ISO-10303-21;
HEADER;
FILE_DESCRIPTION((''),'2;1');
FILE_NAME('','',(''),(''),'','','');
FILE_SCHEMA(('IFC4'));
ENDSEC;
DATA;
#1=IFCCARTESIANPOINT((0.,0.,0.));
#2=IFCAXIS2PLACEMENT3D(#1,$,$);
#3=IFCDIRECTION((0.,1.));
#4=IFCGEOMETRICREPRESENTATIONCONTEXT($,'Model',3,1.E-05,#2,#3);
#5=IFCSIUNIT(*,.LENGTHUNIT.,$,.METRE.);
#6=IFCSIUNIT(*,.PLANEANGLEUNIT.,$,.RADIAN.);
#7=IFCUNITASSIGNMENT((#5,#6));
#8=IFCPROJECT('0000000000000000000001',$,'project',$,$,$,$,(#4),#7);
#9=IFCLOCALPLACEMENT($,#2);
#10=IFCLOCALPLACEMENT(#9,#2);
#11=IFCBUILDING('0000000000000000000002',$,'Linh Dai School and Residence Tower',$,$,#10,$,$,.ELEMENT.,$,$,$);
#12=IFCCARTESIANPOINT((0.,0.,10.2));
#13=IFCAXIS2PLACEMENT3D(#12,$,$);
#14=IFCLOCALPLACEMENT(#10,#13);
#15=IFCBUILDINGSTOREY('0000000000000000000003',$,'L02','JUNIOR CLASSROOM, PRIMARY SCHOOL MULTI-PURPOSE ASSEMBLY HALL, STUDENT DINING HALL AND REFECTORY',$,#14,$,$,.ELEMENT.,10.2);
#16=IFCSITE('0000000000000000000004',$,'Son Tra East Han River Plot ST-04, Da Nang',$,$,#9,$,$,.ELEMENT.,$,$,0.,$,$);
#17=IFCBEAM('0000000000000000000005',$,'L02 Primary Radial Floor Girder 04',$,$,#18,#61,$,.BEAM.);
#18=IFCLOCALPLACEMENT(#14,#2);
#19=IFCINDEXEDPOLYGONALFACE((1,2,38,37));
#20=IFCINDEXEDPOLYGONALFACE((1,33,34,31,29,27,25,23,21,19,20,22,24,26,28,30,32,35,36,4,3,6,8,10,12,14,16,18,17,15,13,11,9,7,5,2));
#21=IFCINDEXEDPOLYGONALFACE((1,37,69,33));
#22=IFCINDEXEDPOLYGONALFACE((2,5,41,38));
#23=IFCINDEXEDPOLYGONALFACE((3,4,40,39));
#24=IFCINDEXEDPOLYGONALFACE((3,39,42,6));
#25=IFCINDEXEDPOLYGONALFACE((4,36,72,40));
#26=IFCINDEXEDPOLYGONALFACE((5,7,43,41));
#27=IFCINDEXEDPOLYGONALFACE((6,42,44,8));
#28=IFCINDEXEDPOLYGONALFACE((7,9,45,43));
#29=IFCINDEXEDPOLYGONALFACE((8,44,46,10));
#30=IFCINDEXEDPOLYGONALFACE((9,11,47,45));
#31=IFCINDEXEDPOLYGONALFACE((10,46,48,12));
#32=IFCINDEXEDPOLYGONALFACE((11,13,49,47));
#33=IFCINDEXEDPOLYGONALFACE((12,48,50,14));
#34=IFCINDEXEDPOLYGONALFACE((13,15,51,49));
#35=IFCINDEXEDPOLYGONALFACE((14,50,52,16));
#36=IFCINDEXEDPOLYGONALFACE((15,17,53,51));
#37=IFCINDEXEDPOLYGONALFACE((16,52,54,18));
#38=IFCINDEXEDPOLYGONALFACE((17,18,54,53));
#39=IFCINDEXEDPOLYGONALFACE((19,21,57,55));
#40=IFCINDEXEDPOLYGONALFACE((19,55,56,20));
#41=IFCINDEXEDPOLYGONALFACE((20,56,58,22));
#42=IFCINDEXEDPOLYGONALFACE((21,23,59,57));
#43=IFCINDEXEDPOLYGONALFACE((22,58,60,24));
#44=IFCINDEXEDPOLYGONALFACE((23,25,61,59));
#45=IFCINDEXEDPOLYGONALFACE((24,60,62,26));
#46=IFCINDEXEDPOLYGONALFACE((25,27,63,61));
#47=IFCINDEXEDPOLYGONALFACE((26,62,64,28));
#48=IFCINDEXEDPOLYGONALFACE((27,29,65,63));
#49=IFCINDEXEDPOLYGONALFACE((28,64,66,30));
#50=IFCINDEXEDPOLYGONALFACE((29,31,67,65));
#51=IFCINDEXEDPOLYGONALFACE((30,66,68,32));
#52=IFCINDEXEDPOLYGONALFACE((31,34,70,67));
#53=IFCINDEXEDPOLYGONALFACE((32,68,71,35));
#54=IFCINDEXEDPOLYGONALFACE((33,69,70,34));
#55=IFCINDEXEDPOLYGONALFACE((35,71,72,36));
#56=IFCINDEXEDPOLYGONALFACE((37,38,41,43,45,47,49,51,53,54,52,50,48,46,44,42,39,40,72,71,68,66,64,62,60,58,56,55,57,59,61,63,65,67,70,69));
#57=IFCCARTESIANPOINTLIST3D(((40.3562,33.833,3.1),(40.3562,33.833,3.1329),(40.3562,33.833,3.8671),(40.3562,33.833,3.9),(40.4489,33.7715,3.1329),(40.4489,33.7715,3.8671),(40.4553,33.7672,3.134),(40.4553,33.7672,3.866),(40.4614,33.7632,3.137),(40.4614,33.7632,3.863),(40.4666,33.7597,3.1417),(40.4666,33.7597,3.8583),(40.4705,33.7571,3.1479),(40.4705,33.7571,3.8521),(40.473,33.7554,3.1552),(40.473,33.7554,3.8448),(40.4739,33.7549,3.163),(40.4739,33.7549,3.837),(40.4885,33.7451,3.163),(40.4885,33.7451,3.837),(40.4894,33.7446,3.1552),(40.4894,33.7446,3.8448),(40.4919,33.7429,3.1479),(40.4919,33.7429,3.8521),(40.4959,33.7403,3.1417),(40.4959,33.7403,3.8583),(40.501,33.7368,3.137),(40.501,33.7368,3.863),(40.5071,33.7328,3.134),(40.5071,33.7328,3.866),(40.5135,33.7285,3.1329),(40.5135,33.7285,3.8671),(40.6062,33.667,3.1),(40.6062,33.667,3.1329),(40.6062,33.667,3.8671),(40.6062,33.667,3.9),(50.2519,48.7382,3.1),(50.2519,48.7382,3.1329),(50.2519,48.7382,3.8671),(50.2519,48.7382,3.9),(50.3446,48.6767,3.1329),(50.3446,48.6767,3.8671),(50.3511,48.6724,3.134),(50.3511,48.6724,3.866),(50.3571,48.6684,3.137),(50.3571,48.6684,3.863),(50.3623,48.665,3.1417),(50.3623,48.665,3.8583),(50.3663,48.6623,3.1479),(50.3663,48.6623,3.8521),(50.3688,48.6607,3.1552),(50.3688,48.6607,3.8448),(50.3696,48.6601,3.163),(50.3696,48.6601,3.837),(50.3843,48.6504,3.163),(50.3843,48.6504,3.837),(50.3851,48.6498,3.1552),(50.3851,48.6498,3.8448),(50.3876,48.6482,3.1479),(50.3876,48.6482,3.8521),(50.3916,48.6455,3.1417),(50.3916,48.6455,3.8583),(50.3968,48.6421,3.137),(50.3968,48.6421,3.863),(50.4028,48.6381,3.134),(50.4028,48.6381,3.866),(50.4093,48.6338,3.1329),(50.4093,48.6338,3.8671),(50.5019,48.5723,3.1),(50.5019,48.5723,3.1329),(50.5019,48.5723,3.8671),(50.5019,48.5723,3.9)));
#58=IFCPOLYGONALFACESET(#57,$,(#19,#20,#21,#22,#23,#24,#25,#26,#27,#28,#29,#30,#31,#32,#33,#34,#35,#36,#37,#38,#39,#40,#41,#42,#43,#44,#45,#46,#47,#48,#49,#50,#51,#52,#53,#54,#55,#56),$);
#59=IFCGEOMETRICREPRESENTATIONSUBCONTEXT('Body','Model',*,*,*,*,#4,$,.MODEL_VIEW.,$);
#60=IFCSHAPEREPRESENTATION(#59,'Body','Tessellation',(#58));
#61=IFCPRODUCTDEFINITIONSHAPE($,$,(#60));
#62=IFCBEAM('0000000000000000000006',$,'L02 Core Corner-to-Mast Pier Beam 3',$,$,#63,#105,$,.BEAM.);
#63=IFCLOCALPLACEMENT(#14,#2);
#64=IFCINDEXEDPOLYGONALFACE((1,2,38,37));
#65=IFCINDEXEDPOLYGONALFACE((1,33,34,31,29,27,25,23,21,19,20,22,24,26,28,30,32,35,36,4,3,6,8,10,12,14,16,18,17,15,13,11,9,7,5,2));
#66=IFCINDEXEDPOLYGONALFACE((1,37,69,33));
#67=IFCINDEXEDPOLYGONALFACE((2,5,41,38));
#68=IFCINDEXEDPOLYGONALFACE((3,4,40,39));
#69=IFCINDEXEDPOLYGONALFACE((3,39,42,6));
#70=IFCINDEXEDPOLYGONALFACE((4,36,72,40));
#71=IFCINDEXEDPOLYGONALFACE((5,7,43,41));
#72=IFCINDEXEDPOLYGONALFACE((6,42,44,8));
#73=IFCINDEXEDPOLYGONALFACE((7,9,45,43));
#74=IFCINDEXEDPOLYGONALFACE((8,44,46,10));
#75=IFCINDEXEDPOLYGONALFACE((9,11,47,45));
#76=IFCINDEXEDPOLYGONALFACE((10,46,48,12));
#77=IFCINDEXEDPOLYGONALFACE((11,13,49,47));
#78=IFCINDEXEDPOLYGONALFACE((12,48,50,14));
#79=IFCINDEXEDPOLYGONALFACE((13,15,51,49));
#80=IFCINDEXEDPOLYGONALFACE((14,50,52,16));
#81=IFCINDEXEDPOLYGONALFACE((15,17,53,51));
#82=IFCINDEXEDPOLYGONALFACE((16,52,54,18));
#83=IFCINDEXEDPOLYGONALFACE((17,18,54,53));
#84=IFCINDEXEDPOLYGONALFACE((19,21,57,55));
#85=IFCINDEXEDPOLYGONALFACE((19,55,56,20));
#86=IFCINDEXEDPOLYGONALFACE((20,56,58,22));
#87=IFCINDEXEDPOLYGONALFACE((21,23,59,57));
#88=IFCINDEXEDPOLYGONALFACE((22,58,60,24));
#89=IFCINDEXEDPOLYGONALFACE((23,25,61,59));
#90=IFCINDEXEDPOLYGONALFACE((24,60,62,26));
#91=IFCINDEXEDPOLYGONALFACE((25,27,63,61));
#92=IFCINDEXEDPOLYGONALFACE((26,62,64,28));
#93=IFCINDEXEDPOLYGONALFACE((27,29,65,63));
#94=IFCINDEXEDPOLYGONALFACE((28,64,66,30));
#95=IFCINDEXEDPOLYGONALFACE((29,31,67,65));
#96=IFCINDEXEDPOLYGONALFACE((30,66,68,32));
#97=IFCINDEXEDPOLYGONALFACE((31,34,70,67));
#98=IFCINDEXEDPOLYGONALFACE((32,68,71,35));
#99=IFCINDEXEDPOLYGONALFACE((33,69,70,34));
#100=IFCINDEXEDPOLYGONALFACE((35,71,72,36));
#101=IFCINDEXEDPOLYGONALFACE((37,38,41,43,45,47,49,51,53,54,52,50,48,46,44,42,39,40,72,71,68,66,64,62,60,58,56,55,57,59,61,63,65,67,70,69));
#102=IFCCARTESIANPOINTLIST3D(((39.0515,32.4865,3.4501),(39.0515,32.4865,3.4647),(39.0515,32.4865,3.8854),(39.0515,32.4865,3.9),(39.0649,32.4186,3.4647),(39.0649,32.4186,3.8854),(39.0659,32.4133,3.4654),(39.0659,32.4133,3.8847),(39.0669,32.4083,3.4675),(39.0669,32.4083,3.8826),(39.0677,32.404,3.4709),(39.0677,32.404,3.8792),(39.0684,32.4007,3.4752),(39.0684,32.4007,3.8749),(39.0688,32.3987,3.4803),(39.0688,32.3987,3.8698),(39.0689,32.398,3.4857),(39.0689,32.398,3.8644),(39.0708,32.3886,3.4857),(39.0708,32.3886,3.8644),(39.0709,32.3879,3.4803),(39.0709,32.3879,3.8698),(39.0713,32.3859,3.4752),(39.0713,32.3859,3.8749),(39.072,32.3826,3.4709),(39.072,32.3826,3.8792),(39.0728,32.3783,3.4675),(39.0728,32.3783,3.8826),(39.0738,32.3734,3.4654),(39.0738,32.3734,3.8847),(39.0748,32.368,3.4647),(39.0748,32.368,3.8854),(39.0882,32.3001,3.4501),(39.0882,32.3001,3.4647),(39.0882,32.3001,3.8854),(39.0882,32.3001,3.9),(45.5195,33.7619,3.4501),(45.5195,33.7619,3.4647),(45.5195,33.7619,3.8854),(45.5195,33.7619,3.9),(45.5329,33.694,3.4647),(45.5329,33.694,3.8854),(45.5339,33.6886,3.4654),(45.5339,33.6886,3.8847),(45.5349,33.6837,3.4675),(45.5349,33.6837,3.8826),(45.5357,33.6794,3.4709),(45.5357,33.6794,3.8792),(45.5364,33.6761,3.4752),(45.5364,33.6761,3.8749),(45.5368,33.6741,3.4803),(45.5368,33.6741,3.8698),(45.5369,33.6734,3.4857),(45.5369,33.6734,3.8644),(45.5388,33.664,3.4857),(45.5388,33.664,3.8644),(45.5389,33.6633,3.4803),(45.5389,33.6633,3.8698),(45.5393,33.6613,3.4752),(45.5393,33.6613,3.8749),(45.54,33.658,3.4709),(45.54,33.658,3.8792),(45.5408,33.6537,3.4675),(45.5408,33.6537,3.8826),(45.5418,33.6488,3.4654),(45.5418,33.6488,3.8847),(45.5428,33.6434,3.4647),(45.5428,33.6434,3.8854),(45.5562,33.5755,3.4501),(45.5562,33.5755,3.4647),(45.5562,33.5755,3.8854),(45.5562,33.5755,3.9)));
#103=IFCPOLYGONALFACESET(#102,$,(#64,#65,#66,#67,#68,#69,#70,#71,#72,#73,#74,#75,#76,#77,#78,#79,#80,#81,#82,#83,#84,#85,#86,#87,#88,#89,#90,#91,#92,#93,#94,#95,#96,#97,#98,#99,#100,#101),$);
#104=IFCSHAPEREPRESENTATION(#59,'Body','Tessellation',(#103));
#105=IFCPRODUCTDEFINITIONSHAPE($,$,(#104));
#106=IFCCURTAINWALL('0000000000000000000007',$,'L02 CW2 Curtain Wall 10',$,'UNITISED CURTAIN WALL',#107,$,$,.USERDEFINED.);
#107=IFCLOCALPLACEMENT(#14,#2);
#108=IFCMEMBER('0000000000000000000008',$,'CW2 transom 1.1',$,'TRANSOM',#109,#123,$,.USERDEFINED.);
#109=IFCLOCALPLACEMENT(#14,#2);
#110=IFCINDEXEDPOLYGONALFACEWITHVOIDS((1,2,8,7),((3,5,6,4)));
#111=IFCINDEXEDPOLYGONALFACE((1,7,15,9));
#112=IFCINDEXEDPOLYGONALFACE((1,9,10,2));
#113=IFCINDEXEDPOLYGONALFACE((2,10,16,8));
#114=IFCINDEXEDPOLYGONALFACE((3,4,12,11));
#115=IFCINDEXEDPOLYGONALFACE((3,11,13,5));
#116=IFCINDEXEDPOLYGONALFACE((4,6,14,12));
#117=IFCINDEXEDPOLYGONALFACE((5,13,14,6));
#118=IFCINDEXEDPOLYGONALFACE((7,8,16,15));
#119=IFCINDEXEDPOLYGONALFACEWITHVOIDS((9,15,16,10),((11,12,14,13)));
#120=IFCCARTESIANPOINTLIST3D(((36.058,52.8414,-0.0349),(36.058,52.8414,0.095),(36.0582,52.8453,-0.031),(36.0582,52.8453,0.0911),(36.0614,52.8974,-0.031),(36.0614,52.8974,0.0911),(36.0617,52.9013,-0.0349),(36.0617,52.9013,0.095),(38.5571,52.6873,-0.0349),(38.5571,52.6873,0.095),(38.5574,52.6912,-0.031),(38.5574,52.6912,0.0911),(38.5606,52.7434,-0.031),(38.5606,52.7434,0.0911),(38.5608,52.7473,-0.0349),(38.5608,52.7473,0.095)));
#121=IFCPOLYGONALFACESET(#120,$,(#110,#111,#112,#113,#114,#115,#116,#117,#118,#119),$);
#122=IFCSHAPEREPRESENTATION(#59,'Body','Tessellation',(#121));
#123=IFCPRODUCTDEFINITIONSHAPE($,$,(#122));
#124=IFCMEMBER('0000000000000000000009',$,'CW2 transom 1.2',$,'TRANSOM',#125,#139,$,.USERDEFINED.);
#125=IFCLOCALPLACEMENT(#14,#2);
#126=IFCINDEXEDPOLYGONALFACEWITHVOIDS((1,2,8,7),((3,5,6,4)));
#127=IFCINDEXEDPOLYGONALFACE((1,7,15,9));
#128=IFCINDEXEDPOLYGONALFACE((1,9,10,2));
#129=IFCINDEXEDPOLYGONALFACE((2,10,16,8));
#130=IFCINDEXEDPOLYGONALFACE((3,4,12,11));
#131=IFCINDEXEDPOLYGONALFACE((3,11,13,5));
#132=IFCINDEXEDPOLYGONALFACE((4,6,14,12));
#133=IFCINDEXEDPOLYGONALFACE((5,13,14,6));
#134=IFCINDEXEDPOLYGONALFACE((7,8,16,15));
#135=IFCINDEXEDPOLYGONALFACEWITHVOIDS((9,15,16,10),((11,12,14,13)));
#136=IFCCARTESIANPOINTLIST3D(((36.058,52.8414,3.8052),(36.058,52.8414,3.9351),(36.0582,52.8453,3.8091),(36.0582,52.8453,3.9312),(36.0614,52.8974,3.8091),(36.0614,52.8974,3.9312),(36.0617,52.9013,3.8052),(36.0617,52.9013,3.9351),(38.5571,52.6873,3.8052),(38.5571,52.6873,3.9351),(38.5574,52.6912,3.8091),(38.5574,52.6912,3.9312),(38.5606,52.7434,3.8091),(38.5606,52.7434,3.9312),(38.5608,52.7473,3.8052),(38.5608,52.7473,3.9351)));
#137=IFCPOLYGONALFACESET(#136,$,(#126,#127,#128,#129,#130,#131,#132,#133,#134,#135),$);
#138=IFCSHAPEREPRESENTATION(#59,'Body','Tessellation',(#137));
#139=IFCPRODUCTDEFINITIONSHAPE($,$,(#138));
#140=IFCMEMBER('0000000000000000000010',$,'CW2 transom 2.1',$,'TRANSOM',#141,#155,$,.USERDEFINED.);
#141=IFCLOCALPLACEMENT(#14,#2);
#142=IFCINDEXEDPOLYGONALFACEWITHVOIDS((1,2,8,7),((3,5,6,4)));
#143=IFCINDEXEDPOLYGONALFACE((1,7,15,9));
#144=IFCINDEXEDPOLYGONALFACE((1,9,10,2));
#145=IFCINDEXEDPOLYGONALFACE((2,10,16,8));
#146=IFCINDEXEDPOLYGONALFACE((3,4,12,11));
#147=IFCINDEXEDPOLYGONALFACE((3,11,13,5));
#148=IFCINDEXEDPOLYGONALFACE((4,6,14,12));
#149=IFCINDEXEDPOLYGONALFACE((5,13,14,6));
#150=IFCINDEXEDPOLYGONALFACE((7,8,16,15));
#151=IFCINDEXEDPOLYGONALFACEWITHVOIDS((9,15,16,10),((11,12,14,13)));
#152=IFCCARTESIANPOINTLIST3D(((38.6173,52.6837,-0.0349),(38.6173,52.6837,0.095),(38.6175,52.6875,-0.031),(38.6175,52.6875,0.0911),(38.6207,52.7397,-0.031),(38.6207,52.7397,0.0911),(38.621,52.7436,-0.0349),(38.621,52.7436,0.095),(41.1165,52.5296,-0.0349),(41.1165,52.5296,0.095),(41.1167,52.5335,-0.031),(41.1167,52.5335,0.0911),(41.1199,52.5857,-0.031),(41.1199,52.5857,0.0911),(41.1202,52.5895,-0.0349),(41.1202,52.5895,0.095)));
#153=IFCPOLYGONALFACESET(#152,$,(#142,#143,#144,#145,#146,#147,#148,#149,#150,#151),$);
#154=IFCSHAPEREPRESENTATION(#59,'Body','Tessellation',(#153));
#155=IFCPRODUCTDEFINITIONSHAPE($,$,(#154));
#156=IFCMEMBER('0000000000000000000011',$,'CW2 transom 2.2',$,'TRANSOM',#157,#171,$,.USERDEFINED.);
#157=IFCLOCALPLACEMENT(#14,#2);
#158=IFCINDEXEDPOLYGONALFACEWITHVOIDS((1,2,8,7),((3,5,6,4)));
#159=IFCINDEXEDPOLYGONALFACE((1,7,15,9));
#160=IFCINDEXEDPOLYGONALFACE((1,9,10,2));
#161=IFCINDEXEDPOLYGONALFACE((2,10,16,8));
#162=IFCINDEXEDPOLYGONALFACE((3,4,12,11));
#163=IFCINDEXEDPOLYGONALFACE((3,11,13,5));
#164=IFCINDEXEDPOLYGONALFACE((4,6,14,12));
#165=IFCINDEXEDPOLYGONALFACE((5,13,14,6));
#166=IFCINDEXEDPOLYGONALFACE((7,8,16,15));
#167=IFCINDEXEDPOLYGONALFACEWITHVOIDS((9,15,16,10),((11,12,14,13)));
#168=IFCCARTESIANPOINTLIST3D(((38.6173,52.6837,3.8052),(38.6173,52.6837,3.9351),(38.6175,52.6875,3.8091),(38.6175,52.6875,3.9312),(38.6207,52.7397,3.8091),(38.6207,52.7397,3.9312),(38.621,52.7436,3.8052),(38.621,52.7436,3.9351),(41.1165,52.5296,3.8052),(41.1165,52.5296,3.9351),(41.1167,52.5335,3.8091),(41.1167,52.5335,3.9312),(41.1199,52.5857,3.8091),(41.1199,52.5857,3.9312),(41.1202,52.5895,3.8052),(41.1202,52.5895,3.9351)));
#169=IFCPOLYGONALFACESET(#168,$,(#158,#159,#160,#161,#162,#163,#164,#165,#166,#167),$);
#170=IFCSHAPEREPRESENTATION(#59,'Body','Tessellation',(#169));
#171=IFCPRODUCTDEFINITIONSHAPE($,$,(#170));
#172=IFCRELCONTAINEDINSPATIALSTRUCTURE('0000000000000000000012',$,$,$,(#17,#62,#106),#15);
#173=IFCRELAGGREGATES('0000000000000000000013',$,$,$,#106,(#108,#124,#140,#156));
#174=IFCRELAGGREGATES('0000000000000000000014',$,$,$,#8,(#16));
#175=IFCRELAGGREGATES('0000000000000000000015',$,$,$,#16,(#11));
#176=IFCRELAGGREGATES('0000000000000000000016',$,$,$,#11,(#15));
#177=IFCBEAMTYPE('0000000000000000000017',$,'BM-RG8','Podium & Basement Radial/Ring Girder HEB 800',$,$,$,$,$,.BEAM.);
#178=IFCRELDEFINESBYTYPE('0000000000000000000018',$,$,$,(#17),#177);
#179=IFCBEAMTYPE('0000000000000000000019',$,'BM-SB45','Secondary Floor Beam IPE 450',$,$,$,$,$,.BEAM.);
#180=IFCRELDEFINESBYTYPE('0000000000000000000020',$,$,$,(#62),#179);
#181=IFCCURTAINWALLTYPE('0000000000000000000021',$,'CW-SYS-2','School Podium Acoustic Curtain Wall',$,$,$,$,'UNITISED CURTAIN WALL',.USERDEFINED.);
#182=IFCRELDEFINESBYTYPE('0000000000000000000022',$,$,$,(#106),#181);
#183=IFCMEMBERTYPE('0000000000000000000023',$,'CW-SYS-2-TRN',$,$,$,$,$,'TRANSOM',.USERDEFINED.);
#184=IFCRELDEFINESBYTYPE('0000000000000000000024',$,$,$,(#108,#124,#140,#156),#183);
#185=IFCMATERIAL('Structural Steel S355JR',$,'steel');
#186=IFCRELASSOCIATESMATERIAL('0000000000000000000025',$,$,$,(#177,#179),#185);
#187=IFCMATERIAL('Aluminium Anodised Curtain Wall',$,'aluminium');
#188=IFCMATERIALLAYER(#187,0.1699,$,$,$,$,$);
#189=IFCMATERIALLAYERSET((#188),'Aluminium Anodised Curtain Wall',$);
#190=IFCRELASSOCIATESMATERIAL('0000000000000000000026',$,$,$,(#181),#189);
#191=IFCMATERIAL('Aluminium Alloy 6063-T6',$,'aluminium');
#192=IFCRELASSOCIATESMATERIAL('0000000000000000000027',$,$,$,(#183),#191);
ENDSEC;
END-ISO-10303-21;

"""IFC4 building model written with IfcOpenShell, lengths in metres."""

from ifc_helpers import new_model, si_unit, direction, frame, origin, origin_2d, place, context, subcontext, project, spatial, hollow_rectangle, i_section, extrude, source, transform, mapped, material, layer, layer_set, material_profile, profile_set, type_object, element, aggregate, save


model = new_model("IFC4")

# Units and contexts
model_context = context("Model", 3, precision=1e-05, world=origin(), true_north=direction((0.0, 1.0)))
body_context = subcontext(model_context, "Body", "Model", "MODEL_VIEW")
ifc_project = project(units=[si_unit("LENGTHUNIT", "METRE"), si_unit("PLANEANGLEUNIT", "RADIAN")], contexts=[model_context])

# Site, building, storey
site_placement = place(None, origin())
site = spatial("IfcSite", under=ifc_project, at=site_placement, Name="Son Tra East Han River Plot ST-04, Da Nang", CompositionType="ELEMENT", RefElevation=0.0)
building_placement = place(site_placement, origin())
building = spatial("IfcBuilding", under=site, at=building_placement, Name="Linh Dai School and Residence Tower", CompositionType="ELEMENT")
storey_placement = place(building_placement, frame((0.0, 0.0, 10.2)))
storey = spatial("IfcBuildingStorey", under=building, at=storey_placement, Name="L02", Description="JUNIOR CLASSROOM, PRIMARY SCHOOL MULTI-PURPOSE ASSEMBLY HALL, STUDENT DINING HALL AND REFECTORY", CompositionType="ELEMENT", Elevation=10.2)

# Shared definitions
ifc_material_1 = material(Name="Structural Steel S355JR", Category="steel")

# Beams
ifc_material_profile_1 = material_profile(ifc_material_1, i_section(OverallWidth=0.3, OverallDepth=0.8, WebThickness=0.0176, FlangeThickness=0.033, FilletRadius=0.03, at=origin_2d()), Name="HEB 800")
ifc_profile_set_1 = profile_set([ifc_material_profile_1], Name="Structural Steel S355JR")
beam_type_1 = type_object("IfcBeamType", Name="BM-RG8", Description="Podium & Basement Radial/Ring Girder HEB 800", PredefinedType="BEAM", material=ifc_profile_set_1)
beam_1_placement = place(storey_placement, frame((40.4812, 33.75, 3.5), z_axis=(0.553109, 0.833109, 0.0), x_axis=(-0.833109, 0.553109, 0.0)))
element("IfcBeam", 1, at=beam_1_placement, inside=storey, type_object=beam_type_1, Name="L02 Primary Radial Floor Girder 04", PredefinedType="BEAM", context=body_context, shape_type="SweptSolid", body=[
    extrude(i_section(OverallWidth=0.3, OverallDepth=0.8, WebThickness=0.0176, FlangeThickness=0.033, FilletRadius=0.03, at=origin_2d()), origin(), (0.0, 0.0, 1.0), 17.8911),
])
ifc_material_profile_2 = material_profile(ifc_material_1, i_section(OverallWidth=0.1899, OverallDepth=0.45, WebThickness=0.0095, FlangeThickness=0.0146, FilletRadius=0.021, at=origin_2d()), Name="IPE 450")
ifc_profile_set_2 = profile_set([ifc_material_profile_2], Name="Structural Steel S355JR")
beam_type_2 = type_object("IfcBeamType", Name="BM-SB45", Description="Secondary Floor Beam IPE 450", PredefinedType="BEAM", material=ifc_profile_set_2)
beam_2_placement = place(storey_placement, frame((45.5378, 33.6687, 3.675), z_axis=(-0.981108, -0.193459, 0.0), x_axis=(0.193459, -0.981108, 0.0)))
element("IfcBeam", 2, at=beam_2_placement, inside=storey, type_object=beam_type_2, Name="L02 Core Corner-to-Mast Pier Beam 3", PredefinedType="BEAM", context=body_context, shape_type="SweptSolid", body=[
    extrude(i_section(OverallWidth=0.1899, OverallDepth=0.45, WebThickness=0.0095, FlangeThickness=0.0146, FilletRadius=0.021, at=origin_2d()), origin(), (0.0, 0.0, 1.0), 6.5925),
])

# Curtain wall, members
ifc_material_2 = material(Name="Aluminium Anodised Curtain Wall", Category="aluminium")
ifc_layer_1 = layer(ifc_material_2, 0.1699)
ifc_layer_set_1 = layer_set([ifc_layer_1], Name="Aluminium Anodised Curtain Wall")
curtain_wall_type = type_object("IfcCurtainWallType", Name="CW-SYS-2", Description="School Podium Acoustic Curtain Wall", ElementType="UNITISED CURTAIN WALL", PredefinedType="USERDEFINED", material=ifc_layer_set_1)
curtain_wall_placement = place(storey_placement, origin())
curtain_wall = element("IfcCurtainWall", 3, at=curtain_wall_placement, inside=storey, type_object=curtain_wall_type, Name="L02 CW2 Curtain Wall 10", ObjectType="UNITISED CURTAIN WALL", PredefinedType="USERDEFINED")
ifc_material_3 = material(Name="Aluminium Alloy 6063-T6", Category="aluminium")
ifc_material_profile_3 = material_profile(ifc_material_3, hollow_rectangle(XDim=0.0601, YDim=0.1299, WallThickness=0.0039, at=origin_2d()), Name="RHS 130x60x4")
ifc_profile_set_3 = profile_set([ifc_material_profile_3], Name="Aluminium Alloy 6063-T6")
member_type_1 = type_object("IfcMemberType", Name="CW-SYS-2-TRN", ElementType="TRANSOM", PredefinedType="USERDEFINED", material=ifc_profile_set_3)
shared_shape_1 = source(origin(), body_context, "Body", "SweptSolid", [
    extrude(hollow_rectangle(XDim=0.0601, YDim=0.1299, WallThickness=0.0039, at=origin_2d()), origin(), (0.0, 0.0, 1.0), 2.5039),
])
member_1_placement = place(storey_placement, frame((36.0598, 52.8713, 0.03), z_axis=(0.998106, -0.061522, 0.0), x_axis=(0.061522, 0.998106, 0.0)))
member_1 = element("IfcMember", 4, at=member_1_placement, type_object=member_type_1, Name="CW2 transom 1.1", ObjectType="TRANSOM", PredefinedType="USERDEFINED", context=body_context, shape_type="MappedRepresentation", body=[
    mapped(shared_shape_1, transform((0.0, 0.0, 0.0), x_axis=(1.0, 0.0, 0.0), y_axis=(0.0, 1.0, 0.0), z_axis=(0.0, 0.0, 1.0), scale=1.0)),
])
member_2_placement = place(storey_placement, frame((36.0598, 52.8713, 3.8701), z_axis=(0.998106, -0.061522, 0.0), x_axis=(0.061522, 0.998106, 0.0)))
member_2 = element("IfcMember", 5, at=member_2_placement, type_object=member_type_1, Name="CW2 transom 1.2", ObjectType="TRANSOM", PredefinedType="USERDEFINED", context=body_context, shape_type="MappedRepresentation", body=[
    mapped(shared_shape_1, transform((0.0, 0.0, 0.0), x_axis=(1.0, 0.0, 0.0), y_axis=(0.0, 1.0, 0.0), z_axis=(0.0, 0.0, 1.0), scale=1.0)),
])
member_3_placement = place(storey_placement, frame((38.6191, 52.7136, 0.03), z_axis=(0.998106, -0.061522, 0.0), x_axis=(0.061522, 0.998106, 0.0)))
member_3 = element("IfcMember", 6, at=member_3_placement, type_object=member_type_1, Name="CW2 transom 2.1", ObjectType="TRANSOM", PredefinedType="USERDEFINED", context=body_context, shape_type="MappedRepresentation", body=[
    mapped(shared_shape_1, transform((0.0, 0.0, 0.0), x_axis=(1.0, 0.0, 0.0), y_axis=(0.0, 1.0, 0.0), z_axis=(0.0, 0.0, 1.0), scale=1.0)),
])
member_4_placement = place(storey_placement, frame((38.6191, 52.7136, 3.8701), z_axis=(0.998106, -0.061522, 0.0), x_axis=(0.061522, 0.998106, 0.0)))
member_4 = element("IfcMember", 7, at=member_4_placement, type_object=member_type_1, Name="CW2 transom 2.2", ObjectType="TRANSOM", PredefinedType="USERDEFINED", context=body_context, shape_type="MappedRepresentation", body=[
    mapped(shared_shape_1, transform((0.0, 0.0, 0.0), x_axis=(1.0, 0.0, 0.0), y_axis=(0.0, 1.0, 0.0), z_axis=(0.0, 0.0, 1.0), scale=1.0)),
])

aggregate(curtain_wall, [member_1, member_2, member_3, member_4])

save(model, "model.ifc")
